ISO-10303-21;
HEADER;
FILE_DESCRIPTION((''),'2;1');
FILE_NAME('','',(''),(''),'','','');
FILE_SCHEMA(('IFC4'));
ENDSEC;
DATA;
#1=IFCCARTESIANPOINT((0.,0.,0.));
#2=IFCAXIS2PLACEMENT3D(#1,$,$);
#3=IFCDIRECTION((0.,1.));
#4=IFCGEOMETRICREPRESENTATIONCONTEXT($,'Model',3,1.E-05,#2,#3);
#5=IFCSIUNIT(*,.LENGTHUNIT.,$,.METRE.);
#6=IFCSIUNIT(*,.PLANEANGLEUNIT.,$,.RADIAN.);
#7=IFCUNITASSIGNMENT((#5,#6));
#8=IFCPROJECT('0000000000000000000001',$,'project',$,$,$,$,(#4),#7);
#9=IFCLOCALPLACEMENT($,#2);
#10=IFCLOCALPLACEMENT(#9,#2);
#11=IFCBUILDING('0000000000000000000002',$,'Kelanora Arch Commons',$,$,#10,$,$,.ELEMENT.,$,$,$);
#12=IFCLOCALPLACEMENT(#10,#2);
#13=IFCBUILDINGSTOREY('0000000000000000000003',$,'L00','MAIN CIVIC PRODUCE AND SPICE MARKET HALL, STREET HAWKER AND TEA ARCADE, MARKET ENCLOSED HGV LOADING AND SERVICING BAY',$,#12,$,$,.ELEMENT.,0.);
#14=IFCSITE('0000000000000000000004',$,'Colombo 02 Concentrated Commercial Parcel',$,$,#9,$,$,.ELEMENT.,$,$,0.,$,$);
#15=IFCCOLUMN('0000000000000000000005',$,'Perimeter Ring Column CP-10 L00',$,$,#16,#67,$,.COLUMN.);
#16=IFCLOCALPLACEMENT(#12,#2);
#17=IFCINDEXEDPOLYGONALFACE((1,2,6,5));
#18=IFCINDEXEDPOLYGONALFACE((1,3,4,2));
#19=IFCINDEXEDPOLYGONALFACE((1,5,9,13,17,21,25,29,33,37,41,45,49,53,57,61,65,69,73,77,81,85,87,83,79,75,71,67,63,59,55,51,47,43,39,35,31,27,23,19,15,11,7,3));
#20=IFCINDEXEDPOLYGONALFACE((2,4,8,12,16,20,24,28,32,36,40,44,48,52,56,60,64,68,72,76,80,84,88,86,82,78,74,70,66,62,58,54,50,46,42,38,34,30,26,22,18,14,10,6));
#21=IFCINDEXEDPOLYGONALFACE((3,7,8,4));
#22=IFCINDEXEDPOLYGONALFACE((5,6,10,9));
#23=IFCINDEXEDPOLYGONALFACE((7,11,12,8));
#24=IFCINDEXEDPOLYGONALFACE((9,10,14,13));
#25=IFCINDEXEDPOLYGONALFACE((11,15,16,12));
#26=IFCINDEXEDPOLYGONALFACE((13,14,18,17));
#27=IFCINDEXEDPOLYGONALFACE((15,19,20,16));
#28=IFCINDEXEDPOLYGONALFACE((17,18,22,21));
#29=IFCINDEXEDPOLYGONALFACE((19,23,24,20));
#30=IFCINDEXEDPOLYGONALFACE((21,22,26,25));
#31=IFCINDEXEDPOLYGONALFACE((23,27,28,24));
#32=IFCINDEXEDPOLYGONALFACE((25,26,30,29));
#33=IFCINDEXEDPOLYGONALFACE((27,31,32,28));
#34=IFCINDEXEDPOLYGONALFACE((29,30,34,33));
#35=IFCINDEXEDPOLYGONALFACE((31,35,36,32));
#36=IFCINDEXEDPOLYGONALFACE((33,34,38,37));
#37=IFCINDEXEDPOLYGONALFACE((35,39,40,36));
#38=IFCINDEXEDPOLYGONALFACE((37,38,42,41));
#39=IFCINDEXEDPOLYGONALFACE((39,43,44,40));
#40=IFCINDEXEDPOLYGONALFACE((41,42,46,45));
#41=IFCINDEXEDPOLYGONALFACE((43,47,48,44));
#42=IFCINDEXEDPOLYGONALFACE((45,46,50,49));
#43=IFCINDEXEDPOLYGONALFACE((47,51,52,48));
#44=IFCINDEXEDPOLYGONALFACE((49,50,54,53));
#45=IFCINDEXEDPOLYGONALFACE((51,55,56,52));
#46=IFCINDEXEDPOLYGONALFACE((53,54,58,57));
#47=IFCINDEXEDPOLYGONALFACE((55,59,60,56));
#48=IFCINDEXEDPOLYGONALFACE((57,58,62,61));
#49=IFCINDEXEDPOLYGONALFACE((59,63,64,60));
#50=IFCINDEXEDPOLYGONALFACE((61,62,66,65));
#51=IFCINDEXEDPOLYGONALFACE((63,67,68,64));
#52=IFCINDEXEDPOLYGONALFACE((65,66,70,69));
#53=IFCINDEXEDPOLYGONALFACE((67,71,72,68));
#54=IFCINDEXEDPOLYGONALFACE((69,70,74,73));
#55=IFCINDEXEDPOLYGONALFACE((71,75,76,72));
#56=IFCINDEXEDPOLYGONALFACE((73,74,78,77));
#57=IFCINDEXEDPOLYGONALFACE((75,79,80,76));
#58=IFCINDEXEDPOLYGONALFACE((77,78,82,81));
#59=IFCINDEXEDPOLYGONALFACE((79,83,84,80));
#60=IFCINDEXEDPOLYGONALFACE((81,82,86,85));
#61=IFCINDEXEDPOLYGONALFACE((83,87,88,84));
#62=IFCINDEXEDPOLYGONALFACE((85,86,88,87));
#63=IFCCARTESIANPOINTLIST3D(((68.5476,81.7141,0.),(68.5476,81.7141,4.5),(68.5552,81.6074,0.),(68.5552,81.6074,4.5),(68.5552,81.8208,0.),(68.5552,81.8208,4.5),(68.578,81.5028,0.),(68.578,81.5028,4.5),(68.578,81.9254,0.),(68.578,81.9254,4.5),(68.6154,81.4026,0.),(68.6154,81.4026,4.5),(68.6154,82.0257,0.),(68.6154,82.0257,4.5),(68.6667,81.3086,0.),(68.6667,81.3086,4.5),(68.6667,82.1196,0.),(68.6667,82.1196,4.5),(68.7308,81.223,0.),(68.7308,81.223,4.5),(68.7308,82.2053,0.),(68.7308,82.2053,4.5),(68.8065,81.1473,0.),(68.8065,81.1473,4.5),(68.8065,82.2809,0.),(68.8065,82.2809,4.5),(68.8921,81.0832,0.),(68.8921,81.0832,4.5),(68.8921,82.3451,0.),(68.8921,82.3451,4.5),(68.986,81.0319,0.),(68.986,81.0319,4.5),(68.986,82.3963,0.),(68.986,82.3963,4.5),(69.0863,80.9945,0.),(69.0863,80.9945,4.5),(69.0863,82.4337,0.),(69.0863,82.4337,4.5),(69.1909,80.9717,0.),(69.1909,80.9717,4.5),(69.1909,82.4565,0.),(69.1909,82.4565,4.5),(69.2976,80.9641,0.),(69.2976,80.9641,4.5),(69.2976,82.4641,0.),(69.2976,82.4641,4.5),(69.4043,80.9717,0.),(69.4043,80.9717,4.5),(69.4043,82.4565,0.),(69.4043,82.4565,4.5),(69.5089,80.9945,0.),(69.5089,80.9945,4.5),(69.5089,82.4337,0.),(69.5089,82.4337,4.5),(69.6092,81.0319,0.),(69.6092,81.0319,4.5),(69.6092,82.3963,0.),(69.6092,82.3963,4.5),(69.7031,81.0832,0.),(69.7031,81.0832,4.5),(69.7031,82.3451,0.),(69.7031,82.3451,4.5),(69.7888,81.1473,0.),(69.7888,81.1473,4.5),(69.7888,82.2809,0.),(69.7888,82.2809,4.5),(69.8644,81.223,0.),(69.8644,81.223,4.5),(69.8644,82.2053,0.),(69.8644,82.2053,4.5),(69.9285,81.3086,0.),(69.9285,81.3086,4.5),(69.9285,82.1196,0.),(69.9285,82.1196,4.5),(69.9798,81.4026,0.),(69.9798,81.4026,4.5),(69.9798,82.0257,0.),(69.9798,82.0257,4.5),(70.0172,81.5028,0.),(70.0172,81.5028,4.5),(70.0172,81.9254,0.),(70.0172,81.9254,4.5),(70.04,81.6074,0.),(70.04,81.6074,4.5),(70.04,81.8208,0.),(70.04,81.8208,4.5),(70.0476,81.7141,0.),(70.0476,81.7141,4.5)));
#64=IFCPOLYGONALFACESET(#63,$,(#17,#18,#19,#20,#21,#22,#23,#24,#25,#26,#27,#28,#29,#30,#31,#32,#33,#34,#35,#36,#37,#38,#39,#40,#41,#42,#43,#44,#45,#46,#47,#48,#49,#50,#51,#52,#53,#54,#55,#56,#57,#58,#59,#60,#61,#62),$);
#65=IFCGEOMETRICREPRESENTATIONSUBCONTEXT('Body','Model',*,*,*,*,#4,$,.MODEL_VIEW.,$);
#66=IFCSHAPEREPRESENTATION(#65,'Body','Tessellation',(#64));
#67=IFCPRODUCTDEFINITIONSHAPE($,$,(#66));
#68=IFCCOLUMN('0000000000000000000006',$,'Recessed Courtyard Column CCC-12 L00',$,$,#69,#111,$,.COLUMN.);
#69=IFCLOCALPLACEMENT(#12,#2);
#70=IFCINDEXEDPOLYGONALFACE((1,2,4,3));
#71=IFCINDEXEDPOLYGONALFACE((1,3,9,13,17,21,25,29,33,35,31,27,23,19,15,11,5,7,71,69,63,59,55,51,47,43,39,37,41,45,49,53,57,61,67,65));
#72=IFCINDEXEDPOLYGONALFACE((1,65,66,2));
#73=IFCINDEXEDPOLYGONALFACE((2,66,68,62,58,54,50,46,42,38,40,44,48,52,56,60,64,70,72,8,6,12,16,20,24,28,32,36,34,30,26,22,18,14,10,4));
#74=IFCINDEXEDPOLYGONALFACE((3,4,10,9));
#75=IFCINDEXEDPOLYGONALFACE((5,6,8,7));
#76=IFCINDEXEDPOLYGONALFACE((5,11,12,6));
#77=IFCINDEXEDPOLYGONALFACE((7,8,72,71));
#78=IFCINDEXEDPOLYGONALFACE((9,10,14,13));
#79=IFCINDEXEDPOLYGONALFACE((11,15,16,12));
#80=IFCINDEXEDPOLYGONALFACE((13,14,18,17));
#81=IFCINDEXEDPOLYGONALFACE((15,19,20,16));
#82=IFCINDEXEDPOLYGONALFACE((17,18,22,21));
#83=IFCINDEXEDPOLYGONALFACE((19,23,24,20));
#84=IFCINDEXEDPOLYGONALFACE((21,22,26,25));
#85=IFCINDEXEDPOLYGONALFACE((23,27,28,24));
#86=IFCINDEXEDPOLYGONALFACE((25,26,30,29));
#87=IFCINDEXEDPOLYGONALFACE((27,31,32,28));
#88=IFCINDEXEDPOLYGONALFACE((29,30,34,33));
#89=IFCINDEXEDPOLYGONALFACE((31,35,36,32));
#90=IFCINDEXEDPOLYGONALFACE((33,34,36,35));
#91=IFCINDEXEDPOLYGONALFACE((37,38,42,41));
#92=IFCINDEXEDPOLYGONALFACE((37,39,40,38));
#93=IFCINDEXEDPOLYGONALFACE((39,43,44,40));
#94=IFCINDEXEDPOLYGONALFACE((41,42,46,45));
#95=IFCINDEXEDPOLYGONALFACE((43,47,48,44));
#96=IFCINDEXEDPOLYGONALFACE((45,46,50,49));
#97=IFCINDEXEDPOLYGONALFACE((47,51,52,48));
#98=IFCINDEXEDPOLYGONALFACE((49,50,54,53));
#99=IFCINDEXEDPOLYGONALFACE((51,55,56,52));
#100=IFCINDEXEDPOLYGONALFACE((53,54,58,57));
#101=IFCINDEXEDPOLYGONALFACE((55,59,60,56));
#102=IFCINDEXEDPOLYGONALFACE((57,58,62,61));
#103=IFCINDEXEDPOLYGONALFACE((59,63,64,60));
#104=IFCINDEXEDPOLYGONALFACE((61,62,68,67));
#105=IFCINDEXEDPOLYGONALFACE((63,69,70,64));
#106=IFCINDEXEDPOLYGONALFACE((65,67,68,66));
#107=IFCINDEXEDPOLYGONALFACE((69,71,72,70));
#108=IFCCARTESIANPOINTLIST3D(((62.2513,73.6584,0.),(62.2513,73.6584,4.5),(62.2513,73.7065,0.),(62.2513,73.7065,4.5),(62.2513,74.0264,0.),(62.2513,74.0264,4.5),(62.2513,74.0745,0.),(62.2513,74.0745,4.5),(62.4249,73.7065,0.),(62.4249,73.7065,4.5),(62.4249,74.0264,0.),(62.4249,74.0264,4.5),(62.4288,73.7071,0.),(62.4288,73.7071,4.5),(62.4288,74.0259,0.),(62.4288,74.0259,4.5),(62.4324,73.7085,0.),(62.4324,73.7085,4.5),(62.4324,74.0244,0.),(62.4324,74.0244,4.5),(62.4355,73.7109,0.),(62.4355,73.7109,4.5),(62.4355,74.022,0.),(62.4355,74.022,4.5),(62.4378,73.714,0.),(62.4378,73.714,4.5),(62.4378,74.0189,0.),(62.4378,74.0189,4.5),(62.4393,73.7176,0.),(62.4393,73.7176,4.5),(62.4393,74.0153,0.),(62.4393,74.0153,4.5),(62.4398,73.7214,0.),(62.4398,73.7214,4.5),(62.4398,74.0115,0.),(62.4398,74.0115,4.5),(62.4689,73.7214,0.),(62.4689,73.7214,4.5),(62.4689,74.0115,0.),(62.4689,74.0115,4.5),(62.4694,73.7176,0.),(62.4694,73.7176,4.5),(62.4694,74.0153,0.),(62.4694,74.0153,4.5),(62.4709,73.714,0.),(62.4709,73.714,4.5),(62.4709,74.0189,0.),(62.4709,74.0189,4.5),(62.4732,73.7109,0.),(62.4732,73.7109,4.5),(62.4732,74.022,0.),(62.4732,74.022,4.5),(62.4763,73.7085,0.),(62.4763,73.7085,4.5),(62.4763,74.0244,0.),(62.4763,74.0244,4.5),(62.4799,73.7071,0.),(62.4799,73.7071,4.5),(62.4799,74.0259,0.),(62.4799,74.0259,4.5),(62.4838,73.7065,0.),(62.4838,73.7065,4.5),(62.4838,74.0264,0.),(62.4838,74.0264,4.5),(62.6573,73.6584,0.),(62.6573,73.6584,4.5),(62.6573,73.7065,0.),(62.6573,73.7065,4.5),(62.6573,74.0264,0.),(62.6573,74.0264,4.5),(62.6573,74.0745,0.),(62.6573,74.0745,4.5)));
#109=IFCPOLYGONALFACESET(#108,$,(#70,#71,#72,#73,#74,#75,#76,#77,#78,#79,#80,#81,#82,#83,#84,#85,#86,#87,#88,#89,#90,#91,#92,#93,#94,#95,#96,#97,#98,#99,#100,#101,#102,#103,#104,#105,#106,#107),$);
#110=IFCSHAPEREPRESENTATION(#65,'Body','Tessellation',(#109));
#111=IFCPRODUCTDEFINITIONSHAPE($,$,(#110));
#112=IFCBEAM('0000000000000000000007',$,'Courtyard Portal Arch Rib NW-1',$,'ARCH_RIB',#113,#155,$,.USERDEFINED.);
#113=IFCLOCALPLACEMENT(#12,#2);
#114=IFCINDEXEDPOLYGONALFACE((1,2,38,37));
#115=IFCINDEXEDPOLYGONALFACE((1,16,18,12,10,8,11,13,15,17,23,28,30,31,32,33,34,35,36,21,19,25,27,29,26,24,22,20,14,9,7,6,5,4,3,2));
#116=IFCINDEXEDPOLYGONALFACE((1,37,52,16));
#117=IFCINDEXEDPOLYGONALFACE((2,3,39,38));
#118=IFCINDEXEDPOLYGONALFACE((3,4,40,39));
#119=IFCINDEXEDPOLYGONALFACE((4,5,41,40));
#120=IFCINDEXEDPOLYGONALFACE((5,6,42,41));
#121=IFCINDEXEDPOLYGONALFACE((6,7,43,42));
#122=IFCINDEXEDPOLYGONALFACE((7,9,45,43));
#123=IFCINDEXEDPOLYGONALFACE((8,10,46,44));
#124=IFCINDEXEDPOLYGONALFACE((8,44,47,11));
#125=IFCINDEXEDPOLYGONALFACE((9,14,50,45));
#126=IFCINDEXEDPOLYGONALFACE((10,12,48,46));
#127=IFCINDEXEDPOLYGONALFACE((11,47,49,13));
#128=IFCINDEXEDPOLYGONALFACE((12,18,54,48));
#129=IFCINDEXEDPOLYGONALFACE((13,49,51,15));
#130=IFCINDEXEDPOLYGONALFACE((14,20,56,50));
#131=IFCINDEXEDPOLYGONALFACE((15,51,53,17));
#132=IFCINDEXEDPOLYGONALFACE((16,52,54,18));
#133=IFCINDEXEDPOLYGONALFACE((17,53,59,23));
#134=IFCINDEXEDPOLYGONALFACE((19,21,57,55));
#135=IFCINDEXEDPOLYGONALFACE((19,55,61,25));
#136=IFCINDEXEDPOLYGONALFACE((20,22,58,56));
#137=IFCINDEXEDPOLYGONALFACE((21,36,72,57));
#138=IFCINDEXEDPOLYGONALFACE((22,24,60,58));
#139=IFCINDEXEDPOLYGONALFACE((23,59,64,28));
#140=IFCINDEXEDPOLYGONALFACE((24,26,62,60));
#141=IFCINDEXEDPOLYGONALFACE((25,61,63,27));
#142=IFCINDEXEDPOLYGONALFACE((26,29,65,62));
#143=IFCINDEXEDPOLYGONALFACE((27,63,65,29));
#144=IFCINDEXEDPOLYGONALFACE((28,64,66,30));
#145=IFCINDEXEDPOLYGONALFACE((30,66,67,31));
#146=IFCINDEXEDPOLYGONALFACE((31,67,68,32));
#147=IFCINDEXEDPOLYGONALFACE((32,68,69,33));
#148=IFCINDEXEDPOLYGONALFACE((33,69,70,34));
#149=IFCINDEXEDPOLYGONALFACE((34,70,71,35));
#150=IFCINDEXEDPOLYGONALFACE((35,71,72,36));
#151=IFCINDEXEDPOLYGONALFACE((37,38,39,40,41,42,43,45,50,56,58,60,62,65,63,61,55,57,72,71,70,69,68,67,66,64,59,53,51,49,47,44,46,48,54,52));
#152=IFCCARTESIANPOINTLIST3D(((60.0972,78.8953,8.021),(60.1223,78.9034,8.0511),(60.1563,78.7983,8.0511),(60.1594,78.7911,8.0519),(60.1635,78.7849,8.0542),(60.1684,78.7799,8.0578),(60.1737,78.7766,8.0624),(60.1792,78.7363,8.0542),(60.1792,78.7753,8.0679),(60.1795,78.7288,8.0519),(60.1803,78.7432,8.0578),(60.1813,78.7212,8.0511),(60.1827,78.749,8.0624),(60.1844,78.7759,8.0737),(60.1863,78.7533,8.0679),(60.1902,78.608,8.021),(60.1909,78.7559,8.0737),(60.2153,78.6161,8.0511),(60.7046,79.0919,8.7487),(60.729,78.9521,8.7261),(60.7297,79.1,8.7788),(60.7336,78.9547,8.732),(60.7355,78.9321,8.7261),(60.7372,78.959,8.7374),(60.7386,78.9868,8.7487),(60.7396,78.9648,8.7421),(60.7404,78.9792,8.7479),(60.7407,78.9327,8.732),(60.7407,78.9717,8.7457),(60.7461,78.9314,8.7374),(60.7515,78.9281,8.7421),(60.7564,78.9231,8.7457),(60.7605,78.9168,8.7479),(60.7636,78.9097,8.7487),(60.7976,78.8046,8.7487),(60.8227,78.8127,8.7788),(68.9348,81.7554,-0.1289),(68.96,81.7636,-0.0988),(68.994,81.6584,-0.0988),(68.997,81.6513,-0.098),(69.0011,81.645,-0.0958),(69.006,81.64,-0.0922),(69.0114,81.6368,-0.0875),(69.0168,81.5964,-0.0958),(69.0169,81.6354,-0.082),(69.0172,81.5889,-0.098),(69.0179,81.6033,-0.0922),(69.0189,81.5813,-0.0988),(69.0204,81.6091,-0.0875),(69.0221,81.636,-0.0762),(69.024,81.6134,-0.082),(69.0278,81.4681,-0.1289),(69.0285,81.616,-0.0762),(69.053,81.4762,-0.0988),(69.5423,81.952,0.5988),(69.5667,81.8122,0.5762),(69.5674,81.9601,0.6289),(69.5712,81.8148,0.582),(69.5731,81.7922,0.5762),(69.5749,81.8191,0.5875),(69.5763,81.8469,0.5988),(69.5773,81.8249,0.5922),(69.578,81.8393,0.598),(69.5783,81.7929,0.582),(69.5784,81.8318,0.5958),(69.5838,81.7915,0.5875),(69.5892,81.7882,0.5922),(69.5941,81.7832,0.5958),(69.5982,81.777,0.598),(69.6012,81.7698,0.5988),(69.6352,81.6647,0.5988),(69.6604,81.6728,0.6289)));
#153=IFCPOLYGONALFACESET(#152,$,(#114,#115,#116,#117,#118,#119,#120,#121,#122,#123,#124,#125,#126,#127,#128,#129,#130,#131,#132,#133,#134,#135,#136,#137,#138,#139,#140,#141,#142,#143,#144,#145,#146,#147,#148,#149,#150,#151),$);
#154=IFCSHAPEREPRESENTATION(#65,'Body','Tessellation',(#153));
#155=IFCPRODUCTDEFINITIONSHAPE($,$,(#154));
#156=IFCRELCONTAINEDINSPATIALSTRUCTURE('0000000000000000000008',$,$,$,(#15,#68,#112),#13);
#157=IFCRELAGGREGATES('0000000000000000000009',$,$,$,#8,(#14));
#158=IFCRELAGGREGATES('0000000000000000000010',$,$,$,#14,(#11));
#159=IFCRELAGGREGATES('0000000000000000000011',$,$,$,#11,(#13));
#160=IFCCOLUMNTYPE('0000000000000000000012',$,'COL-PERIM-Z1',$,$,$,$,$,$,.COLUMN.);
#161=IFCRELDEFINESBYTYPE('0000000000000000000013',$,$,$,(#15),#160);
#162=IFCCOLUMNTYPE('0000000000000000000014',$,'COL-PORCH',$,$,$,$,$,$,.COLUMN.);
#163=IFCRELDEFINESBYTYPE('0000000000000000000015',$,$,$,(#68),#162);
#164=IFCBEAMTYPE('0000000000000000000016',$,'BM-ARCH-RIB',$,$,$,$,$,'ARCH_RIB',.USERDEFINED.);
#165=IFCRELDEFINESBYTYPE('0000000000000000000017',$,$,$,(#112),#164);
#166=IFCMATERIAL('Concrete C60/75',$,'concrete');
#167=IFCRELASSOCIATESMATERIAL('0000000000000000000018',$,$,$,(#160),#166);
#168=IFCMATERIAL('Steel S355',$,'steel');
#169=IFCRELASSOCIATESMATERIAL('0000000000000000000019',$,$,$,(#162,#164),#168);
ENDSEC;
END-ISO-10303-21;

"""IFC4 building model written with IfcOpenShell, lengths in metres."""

from ifc_helpers import new_model, si_unit, direction, frame, origin, origin_2d, place, context, subcontext, project, spatial, circle, i_section, extrude, material, material_profile, profile_set, type_object, element, save


model = new_model("IFC4")

# Units and contexts
model_context = context("Model", 3, precision=1e-05, world=origin(), true_north=direction((0.0, 1.0)))
body_context = subcontext(model_context, "Body", "Model", "MODEL_VIEW")
ifc_project = project(units=[si_unit("LENGTHUNIT", "METRE"), si_unit("PLANEANGLEUNIT", "RADIAN")], contexts=[model_context])

# Site, building, storey
site_placement = place(None, origin())
site = spatial("IfcSite", under=ifc_project, at=site_placement, Name="Colombo 02 Concentrated Commercial Parcel", CompositionType="ELEMENT", RefElevation=0.0)
building_placement = place(site_placement, origin())
building = spatial("IfcBuilding", under=site, at=building_placement, Name="Kelanora Arch Commons", CompositionType="ELEMENT")
storey_placement = place(building_placement, origin())
storey = spatial("IfcBuildingStorey", under=building, at=storey_placement, Name="L00", Description="MAIN CIVIC PRODUCE AND SPICE MARKET HALL, STREET HAWKER AND TEA ARCADE, MARKET ENCLOSED HGV LOADING AND SERVICING BAY", CompositionType="ELEMENT", Elevation=0.0)

# Columns
ifc_material_1 = material(Name="Concrete C60/75", Category="concrete")
ifc_material_profile_1 = material_profile(ifc_material_1, circle(Radius=0.75, at=origin_2d()), Name="RCC1500")
ifc_profile_set_1 = profile_set([ifc_material_profile_1], Name="Concrete C60/75")
column_type_1 = type_object("IfcColumnType", Name="COL-PERIM-Z1", PredefinedType="COLUMN", material=ifc_profile_set_1)
column_1_placement = place(storey_placement, frame((69.2976, 81.7141, 0.0), z_axis=(0.0, 0.0, 1.0), x_axis=(1.0, 0.0, 0.0)))
element("IfcColumn", 1, at=column_1_placement, inside=storey, type_object=column_type_1, Name="Perimeter Ring Column CP-10 L00", PredefinedType="COLUMN", context=body_context, shape_type="SweptSolid", body=[
    extrude(circle(Radius=0.75, at=origin_2d()), origin(), (0.0, 0.0, 1.0), 4.5),
])
ifc_material_2 = material(Name="Steel S355", Category="steel")
ifc_material_profile_2 = material_profile(ifc_material_2, i_section(OverallWidth=0.406, OverallDepth=0.416, WebThickness=0.0291, FlangeThickness=0.0481, FilletRadius=0.0149, at=origin_2d()), Name="HD400x382")
ifc_profile_set_2 = profile_set([ifc_material_profile_2], Name="Steel S355")
column_type_2 = type_object("IfcColumnType", Name="COL-PORCH", PredefinedType="COLUMN", material=ifc_profile_set_2)
column_2_placement = place(storey_placement, frame((62.4543, 73.8665, 0.0), z_axis=(0.0, 0.0, 1.0), x_axis=(1.0, 0.0, 0.0)))
element("IfcColumn", 2, at=column_2_placement, inside=storey, type_object=column_type_2, Name="Recessed Courtyard Column CCC-12 L00", PredefinedType="COLUMN", context=body_context, shape_type="SweptSolid", body=[
    extrude(i_section(OverallWidth=0.406, OverallDepth=0.416, WebThickness=0.0291, FlangeThickness=0.0481, FilletRadius=0.0149, at=origin_2d()), origin(), (0.0, 0.0, 1.0), 4.5),
])

# Beam
ifc_material_profile_3 = material_profile(ifc_material_2, i_section(OverallWidth=0.302, OverallDepth=1.0081, WebThickness=0.021, FlangeThickness=0.04, FilletRadius=0.03, at=origin_2d()), Name="HEM1000")
ifc_profile_set_3 = profile_set([ifc_material_profile_3], Name="Steel S355")
beam_type_1 = type_object("IfcBeamType", Name="BM-ARCH-RIB", ElementType="ARCH_RIB", PredefinedType="USERDEFINED", material=ifc_profile_set_3)
beam_1_placement = place(storey_placement, frame((69.2976, 81.7141, 0.25), z_axis=(-0.715171, -0.231449, 0.659516), x_axis=(0.307905, -0.951417, 0.0)))
element("IfcBeam", 3, at=beam_1_placement, inside=storey, type_object=beam_type_1, Name="Courtyard Portal Arch Rib NW-1", ObjectType="ARCH_RIB", PredefinedType="USERDEFINED", context=body_context, shape_type="SweptSolid", body=[
    extrude(i_section(OverallWidth=0.302, OverallDepth=1.0081, WebThickness=0.021, FlangeThickness=0.04, FilletRadius=0.03, at=origin_2d()), origin(), (0.0, 0.0, 1.0), 12.3574),
])

save(model, "model.ifc")
